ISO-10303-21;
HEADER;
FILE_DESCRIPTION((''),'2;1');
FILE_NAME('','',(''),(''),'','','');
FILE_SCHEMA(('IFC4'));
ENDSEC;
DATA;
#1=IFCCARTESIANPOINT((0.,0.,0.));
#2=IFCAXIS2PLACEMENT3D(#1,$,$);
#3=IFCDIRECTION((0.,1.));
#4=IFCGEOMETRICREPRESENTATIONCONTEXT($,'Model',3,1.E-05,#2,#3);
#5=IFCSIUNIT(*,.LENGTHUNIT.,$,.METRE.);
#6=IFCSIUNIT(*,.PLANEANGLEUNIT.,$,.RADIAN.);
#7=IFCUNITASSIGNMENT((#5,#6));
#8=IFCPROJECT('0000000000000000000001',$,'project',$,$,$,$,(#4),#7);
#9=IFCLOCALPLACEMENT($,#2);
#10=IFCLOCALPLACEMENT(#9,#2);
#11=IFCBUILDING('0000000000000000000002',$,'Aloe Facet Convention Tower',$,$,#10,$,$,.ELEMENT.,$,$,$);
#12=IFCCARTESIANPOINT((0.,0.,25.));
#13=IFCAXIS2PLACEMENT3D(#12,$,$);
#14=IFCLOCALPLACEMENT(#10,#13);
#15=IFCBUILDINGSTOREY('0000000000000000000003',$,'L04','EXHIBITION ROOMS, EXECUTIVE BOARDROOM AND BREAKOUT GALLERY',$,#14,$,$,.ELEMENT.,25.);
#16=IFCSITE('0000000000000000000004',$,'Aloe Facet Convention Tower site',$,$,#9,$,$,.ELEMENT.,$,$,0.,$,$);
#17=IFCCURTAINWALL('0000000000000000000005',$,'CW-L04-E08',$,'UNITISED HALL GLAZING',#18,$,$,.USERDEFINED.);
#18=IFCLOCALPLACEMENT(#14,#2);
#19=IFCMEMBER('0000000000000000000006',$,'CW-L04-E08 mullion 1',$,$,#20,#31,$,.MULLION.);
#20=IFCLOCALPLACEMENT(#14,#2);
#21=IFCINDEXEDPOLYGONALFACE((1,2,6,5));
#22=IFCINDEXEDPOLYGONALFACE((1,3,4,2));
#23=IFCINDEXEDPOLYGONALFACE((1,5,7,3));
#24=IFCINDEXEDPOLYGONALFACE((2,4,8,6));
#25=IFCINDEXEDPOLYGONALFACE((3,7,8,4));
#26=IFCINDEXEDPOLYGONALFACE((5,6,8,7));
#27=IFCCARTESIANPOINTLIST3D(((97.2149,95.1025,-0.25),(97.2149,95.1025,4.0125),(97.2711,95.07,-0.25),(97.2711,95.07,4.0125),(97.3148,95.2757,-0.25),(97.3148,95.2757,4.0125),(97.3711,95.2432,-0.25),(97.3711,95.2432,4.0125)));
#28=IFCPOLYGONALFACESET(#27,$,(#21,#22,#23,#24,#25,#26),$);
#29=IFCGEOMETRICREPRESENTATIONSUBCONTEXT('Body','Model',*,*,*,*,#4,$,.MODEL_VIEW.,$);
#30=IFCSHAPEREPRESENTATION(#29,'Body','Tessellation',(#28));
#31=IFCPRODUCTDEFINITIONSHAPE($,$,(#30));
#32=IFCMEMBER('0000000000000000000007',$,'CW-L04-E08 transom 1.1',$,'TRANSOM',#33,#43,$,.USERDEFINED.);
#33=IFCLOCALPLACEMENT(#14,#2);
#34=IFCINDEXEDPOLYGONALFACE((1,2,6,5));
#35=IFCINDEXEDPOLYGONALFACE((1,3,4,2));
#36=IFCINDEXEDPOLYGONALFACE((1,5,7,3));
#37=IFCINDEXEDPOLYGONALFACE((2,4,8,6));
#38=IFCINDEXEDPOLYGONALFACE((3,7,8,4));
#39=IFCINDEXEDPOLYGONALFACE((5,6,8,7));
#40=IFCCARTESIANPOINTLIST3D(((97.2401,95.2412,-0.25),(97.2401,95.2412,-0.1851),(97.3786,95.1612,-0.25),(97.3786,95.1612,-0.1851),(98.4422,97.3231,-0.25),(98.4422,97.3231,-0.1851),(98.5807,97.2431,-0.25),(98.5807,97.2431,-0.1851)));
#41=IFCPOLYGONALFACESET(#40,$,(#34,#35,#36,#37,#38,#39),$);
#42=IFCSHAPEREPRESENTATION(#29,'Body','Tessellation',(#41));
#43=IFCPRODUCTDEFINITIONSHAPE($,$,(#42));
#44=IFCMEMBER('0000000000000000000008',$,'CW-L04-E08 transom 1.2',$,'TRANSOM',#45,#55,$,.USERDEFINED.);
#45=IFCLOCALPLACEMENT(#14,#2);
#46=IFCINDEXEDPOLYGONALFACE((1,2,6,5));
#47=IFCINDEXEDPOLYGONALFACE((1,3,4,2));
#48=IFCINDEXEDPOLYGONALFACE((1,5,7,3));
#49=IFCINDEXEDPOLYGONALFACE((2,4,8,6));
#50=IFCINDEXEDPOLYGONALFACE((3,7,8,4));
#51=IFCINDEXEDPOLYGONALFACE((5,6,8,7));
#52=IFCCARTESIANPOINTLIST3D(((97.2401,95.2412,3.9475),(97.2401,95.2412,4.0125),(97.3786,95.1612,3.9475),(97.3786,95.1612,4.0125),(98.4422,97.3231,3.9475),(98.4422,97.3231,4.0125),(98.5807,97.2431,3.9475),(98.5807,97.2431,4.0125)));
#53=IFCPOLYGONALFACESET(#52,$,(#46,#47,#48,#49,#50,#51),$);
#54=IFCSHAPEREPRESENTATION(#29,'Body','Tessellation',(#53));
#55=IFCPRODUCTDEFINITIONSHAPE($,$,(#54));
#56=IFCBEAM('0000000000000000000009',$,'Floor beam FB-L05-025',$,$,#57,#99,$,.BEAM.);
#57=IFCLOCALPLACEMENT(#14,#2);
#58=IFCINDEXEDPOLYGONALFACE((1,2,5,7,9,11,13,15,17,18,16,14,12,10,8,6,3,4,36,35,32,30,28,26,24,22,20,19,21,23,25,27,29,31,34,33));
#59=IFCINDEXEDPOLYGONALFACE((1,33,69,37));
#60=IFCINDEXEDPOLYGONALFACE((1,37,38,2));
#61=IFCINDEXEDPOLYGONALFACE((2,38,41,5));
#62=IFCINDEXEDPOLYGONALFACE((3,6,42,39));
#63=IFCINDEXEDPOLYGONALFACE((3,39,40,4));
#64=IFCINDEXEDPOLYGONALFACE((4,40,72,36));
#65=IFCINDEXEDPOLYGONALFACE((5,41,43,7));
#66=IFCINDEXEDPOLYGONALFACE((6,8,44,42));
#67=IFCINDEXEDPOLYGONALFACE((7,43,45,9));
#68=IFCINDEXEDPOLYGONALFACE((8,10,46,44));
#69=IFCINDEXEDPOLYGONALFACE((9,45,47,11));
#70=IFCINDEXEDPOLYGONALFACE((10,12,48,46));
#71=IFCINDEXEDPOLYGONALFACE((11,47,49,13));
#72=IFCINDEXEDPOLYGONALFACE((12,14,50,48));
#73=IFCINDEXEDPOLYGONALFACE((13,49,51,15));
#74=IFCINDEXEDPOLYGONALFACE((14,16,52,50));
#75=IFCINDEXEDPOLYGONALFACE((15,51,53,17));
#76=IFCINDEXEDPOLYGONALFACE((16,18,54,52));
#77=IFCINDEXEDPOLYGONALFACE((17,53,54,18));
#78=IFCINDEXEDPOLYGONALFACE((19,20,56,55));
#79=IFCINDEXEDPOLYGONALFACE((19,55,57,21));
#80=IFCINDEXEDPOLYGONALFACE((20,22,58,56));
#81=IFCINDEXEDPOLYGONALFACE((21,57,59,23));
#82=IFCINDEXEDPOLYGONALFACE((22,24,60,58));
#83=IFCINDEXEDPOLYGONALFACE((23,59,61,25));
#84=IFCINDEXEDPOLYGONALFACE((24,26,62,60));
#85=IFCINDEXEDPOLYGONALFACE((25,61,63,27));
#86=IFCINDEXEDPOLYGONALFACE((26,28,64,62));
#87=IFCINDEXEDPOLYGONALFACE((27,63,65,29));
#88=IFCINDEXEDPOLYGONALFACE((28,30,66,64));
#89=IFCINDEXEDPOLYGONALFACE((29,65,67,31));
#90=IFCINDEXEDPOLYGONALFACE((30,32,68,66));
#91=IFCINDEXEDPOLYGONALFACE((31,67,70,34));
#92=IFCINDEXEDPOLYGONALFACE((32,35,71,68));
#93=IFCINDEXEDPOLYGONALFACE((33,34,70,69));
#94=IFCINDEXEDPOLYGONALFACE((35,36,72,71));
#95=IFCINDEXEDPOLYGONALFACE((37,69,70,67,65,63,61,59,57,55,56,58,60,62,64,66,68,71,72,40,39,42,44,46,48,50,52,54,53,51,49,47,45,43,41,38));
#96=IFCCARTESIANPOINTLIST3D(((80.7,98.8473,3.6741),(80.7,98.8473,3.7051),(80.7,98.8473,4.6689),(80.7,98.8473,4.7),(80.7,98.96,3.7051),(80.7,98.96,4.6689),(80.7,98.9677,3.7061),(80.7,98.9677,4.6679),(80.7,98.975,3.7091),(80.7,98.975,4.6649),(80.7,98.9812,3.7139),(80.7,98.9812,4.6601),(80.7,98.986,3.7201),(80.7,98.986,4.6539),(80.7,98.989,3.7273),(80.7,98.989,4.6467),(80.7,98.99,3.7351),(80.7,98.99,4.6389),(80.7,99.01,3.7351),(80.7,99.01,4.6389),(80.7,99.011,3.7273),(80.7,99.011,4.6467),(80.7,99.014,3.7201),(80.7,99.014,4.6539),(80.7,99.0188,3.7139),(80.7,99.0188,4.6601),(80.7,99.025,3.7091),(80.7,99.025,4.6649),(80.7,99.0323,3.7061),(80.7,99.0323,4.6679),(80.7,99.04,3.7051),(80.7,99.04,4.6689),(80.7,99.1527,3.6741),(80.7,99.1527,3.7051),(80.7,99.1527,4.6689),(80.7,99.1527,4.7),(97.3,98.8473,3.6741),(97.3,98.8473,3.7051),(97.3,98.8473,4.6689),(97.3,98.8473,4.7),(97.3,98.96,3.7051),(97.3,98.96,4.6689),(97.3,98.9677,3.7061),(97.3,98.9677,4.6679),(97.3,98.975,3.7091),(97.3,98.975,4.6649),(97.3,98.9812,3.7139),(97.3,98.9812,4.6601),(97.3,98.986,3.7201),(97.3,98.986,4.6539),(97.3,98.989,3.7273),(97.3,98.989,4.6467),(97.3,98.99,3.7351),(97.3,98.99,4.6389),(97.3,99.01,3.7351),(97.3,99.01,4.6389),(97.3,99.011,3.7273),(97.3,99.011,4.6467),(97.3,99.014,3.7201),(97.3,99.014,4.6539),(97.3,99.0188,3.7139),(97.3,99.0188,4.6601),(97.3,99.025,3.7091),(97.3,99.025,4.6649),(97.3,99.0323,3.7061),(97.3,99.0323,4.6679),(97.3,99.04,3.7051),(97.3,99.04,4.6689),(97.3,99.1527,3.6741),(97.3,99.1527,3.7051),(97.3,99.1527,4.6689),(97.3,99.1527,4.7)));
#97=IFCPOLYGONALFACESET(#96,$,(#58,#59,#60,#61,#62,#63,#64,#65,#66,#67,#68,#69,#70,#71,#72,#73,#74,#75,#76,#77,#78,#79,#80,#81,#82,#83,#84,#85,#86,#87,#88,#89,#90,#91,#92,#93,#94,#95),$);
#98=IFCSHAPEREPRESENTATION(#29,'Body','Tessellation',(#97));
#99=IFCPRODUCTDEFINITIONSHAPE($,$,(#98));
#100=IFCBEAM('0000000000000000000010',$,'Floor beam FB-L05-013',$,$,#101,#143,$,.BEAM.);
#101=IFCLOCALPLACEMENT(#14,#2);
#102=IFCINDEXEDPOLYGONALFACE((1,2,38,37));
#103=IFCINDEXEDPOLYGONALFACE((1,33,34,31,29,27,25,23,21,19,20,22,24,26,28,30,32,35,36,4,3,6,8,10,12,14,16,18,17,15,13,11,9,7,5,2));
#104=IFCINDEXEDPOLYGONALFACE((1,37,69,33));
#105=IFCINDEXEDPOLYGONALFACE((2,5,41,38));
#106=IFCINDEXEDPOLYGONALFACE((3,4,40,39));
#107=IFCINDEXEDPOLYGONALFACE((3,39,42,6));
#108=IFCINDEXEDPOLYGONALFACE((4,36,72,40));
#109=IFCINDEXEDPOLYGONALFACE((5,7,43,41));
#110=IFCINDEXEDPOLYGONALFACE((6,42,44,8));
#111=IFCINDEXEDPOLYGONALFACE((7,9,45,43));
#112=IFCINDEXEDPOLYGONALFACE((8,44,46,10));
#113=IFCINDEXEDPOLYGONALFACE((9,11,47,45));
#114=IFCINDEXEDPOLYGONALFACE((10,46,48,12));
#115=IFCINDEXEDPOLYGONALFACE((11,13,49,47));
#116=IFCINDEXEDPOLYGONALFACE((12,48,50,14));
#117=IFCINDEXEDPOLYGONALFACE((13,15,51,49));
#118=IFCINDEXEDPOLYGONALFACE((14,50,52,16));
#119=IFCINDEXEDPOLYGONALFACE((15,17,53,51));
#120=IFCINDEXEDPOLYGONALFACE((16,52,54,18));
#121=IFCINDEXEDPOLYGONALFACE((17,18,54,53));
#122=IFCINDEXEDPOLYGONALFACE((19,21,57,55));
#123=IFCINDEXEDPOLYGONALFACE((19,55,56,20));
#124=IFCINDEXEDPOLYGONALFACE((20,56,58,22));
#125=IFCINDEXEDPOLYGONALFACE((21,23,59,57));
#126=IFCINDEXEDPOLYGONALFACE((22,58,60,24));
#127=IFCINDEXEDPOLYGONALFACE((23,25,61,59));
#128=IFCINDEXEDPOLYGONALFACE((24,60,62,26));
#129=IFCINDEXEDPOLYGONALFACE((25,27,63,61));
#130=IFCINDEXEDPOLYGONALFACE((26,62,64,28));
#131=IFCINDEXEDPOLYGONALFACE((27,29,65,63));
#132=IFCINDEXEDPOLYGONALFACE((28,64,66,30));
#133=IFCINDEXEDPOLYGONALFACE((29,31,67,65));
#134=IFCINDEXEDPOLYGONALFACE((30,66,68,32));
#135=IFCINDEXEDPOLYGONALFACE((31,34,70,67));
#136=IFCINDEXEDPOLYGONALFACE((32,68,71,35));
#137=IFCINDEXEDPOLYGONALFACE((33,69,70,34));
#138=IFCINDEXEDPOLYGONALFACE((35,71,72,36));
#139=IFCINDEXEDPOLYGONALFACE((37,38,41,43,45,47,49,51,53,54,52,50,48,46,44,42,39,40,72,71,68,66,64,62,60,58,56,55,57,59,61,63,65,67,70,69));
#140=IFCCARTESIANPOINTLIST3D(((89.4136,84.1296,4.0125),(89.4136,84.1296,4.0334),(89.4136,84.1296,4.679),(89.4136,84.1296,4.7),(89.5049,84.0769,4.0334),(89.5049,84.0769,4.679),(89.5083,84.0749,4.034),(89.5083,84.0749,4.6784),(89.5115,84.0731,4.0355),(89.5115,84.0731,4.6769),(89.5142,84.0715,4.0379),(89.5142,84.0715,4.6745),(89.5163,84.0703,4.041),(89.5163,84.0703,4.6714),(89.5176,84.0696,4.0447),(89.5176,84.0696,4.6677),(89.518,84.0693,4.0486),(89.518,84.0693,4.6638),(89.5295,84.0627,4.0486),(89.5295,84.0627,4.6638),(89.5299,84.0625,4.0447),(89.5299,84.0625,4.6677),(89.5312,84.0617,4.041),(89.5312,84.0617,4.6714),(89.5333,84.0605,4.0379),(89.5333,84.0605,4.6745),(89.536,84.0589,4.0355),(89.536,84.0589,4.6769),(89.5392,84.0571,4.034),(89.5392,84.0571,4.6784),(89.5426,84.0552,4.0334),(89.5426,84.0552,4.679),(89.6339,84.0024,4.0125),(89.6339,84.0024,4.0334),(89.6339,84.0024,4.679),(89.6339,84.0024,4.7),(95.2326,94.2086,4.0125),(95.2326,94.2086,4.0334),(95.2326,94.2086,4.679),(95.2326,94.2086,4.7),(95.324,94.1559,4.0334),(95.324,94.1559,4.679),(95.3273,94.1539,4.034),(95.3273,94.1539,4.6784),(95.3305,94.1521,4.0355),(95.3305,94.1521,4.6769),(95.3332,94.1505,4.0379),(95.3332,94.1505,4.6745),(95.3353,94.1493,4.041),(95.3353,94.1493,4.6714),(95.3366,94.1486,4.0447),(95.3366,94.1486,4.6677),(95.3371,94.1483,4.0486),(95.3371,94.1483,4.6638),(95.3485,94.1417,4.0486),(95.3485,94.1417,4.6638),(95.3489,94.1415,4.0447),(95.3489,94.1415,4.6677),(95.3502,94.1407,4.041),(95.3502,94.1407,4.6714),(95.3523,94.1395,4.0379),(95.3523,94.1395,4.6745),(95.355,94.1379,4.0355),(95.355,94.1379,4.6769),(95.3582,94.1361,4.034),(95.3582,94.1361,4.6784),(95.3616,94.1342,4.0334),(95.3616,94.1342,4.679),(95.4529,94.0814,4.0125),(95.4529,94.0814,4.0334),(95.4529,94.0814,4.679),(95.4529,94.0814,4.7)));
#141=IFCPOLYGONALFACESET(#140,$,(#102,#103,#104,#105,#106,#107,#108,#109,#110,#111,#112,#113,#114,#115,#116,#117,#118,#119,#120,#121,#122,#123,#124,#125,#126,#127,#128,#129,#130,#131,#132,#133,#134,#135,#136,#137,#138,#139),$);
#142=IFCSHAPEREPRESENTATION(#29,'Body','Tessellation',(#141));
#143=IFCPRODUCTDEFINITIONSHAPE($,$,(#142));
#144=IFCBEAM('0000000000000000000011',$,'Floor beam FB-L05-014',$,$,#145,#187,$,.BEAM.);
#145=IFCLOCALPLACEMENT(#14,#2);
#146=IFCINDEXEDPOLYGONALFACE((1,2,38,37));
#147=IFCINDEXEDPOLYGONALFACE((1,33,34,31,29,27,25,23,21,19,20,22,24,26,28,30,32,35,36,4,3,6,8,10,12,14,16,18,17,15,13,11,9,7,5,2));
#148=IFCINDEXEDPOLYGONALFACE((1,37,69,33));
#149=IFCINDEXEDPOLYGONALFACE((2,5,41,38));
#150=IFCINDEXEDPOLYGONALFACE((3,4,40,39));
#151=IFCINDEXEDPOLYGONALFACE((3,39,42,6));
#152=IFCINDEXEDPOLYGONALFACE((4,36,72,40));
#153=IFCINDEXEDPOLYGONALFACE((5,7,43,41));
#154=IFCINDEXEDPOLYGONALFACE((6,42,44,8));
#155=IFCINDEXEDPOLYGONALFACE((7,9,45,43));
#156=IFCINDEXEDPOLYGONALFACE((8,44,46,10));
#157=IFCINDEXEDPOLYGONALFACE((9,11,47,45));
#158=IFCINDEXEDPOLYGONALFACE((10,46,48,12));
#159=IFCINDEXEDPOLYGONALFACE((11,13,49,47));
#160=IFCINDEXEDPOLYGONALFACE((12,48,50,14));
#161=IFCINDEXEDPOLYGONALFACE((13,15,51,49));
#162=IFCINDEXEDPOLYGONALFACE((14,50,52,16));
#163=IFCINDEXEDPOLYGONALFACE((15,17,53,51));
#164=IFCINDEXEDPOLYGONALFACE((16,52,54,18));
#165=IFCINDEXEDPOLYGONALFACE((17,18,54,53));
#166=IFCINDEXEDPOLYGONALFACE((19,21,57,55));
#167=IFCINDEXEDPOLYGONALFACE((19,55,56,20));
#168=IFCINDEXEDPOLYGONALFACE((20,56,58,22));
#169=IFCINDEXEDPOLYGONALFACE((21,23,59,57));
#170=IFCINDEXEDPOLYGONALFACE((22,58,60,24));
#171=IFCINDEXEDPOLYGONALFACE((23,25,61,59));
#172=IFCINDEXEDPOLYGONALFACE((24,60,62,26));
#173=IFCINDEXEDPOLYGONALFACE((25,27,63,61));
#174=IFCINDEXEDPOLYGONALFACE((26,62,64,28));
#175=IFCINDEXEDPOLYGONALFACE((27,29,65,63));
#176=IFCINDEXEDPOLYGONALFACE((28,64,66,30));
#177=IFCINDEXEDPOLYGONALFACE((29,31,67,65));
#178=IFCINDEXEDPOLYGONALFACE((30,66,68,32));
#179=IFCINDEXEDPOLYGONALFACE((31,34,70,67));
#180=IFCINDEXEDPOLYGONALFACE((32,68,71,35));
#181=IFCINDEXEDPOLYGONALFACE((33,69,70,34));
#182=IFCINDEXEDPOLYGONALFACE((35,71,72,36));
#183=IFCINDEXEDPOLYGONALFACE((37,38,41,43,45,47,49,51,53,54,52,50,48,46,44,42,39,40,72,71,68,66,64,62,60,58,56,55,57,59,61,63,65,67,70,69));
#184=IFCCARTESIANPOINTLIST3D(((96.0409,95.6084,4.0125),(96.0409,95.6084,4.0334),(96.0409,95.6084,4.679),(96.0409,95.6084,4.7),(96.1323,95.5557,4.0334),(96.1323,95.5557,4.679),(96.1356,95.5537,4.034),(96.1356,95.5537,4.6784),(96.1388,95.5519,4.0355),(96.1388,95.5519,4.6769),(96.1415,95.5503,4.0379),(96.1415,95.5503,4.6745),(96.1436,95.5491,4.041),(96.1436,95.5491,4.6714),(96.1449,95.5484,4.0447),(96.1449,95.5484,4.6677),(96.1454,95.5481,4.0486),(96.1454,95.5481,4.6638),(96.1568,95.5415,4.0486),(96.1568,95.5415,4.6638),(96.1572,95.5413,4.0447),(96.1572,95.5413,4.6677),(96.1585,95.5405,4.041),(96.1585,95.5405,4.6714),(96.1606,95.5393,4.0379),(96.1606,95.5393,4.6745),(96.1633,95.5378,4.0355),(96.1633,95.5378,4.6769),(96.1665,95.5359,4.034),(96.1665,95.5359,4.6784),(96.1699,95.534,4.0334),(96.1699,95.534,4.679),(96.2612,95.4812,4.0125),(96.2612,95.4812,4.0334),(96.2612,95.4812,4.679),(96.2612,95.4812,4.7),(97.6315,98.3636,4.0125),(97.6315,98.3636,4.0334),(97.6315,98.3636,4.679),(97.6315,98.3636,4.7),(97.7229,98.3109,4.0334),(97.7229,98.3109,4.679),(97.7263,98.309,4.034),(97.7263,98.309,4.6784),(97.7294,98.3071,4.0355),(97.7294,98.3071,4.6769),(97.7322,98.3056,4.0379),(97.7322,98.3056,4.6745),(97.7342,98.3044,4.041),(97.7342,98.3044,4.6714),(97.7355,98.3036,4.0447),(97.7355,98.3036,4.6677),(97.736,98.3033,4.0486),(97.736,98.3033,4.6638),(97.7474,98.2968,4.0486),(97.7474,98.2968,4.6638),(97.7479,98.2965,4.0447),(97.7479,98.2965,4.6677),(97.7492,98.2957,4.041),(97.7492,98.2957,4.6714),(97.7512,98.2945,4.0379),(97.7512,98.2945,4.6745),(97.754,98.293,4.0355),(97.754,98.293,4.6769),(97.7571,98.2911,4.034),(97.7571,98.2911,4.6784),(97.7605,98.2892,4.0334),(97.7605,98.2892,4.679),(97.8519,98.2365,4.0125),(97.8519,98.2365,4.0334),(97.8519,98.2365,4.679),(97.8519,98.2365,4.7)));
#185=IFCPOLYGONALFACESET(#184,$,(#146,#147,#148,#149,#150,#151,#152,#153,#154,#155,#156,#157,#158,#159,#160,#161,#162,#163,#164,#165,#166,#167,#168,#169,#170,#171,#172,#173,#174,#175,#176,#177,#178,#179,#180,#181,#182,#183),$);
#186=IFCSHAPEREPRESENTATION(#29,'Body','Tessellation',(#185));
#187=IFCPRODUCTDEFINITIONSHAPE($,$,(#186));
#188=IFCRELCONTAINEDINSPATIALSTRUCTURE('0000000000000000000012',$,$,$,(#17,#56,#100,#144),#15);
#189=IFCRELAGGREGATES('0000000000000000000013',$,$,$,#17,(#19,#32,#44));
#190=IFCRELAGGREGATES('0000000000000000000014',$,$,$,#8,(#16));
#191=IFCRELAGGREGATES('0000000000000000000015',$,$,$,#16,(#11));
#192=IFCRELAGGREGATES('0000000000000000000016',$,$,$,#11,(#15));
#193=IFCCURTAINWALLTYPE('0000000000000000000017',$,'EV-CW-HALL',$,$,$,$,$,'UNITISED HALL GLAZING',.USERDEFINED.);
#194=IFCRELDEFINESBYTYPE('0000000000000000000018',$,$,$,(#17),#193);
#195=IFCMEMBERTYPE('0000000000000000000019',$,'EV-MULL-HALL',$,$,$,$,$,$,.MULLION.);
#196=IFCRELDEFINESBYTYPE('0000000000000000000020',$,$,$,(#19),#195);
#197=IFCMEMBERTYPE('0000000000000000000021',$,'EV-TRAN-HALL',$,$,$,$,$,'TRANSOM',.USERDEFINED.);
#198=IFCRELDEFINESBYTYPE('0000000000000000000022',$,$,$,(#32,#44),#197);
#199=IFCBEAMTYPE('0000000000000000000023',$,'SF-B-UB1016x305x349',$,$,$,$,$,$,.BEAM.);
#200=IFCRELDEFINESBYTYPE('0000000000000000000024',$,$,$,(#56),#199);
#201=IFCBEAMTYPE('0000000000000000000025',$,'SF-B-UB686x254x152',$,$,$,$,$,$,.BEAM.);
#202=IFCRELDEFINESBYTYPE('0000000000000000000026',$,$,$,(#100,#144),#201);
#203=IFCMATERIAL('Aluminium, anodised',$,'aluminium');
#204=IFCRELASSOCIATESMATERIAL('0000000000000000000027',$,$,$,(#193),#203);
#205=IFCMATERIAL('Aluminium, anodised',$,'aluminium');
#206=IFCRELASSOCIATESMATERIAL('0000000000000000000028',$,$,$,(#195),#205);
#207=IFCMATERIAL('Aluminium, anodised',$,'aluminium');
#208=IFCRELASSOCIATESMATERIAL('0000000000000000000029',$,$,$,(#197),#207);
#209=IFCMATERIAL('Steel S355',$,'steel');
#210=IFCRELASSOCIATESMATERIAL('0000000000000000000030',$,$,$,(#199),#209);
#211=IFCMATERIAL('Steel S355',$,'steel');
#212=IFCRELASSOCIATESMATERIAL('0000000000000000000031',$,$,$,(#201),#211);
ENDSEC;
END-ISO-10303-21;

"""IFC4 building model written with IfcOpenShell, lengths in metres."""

from ifc_helpers import new_model, si_unit, direction, frame, origin, origin_2d, place, context, subcontext, project, spatial, rectangle, i_section, extrude, material, material_profile, profile_set, type_object, element, aggregate, save


model = new_model("IFC4")

# Units and contexts
model_context = context("Model", 3, precision=1e-05, world=origin(), true_north=direction((0.0, 1.0)))
body_context = subcontext(model_context, "Body", "Model", "MODEL_VIEW")
ifc_project = project(units=[si_unit("LENGTHUNIT", "METRE"), si_unit("PLANEANGLEUNIT", "RADIAN")], contexts=[model_context])

# Site, building, storey
site_placement = place(None, origin())
site = spatial("IfcSite", under=ifc_project, at=site_placement, Name="Aloe Facet Convention Tower site", CompositionType="ELEMENT", RefElevation=0.0)
building_placement = place(site_placement, origin())
building = spatial("IfcBuilding", under=site, at=building_placement, Name="Aloe Facet Convention Tower", CompositionType="ELEMENT")
storey_placement = place(building_placement, frame((0.0, 0.0, 25.0)))
storey = spatial("IfcBuildingStorey", under=building, at=storey_placement, Name="L04", Description="EXHIBITION ROOMS, EXECUTIVE BOARDROOM AND BREAKOUT GALLERY", CompositionType="ELEMENT", Elevation=25.0)

# Shared definitions
ifc_material_1 = material(Name="Aluminium, anodised", Category="aluminium")
curtain_wall_type = type_object("IfcCurtainWallType", Name="EV-CW-HALL", ElementType="UNITISED HALL GLAZING", PredefinedType="USERDEFINED", material=ifc_material_1)
ifc_material_2 = material(Name="Aluminium, anodised", Category="aluminium")
ifc_material_profile_1 = material_profile(ifc_material_2, rectangle(XDim=0.0649, YDim=0.2, at=origin_2d()), Name="AL 65x200")
ifc_profile_set_1 = profile_set([ifc_material_profile_1], Name="Aluminium, anodised")
member_type_1 = type_object("IfcMemberType", Name="EV-MULL-HALL", PredefinedType="MULLION", material=ifc_profile_set_1)

# Curtain wall, members
curtain_wall_1_placement = place(storey_placement, origin())
curtain_wall_1 = element("IfcCurtainWall", 1, at=curtain_wall_1_placement, inside=storey, type_object=curtain_wall_type, Name="CW-L04-E08", ObjectType="UNITISED HALL GLAZING", PredefinedType="USERDEFINED")
member_1_placement = place(storey_placement, frame((97.293, 95.1729, -0.25), z_axis=(0.0, 0.0, 1.0), x_axis=(-0.866025, 0.5, 0.0)))
member_1 = element("IfcMember", 2, at=member_1_placement, type_object=member_type_1, Name="CW-L04-E08 mullion 1", PredefinedType="MULLION", context=body_context, shape_type="SweptSolid", body=[
    extrude(rectangle(XDim=0.0649, YDim=0.2, at=origin_2d()), origin(), (0.0, 0.0, 1.0), 4.2625),
])
ifc_material_3 = material(Name="Aluminium, anodised", Category="aluminium")
ifc_material_profile_2 = material_profile(ifc_material_3, rectangle(XDim=0.1599, YDim=0.0649, at=origin_2d()), Name="AL 160x65")
ifc_profile_set_2 = profile_set([ifc_material_profile_2], Name="Aluminium, anodised")
member_type_2 = type_object("IfcMemberType", Name="EV-TRAN-HALL", ElementType="TRANSOM", PredefinedType="USERDEFINED", material=ifc_profile_set_2)
member_2_placement = place(storey_placement, frame((97.3093, 95.2012, -0.2175), z_axis=(0.500027, 0.86601, 0.0), x_axis=(-0.86601, 0.500027, 0.0)))
member_2 = element("IfcMember", 3, at=member_2_placement, type_object=member_type_2, Name="CW-L04-E08 transom 1.1", ObjectType="TRANSOM", PredefinedType="USERDEFINED", context=body_context, shape_type="SweptSolid", body=[
    extrude(rectangle(XDim=0.1599, YDim=0.0649, at=origin_2d()), origin(), (0.0, 0.0, 1.0), 2.4041),
])
member_3_placement = place(storey_placement, frame((97.3093, 95.2012, 3.98), z_axis=(0.500027, 0.86601, 0.0), x_axis=(-0.86601, 0.500027, 0.0)))
member_3 = element("IfcMember", 4, at=member_3_placement, type_object=member_type_2, Name="CW-L04-E08 transom 1.2", ObjectType="TRANSOM", PredefinedType="USERDEFINED", context=body_context, shape_type="SweptSolid", body=[
    extrude(rectangle(XDim=0.1599, YDim=0.0649, at=origin_2d()), origin(), (0.0, 0.0, 1.0), 2.4041),
])
aggregate(curtain_wall_1, [member_1, member_2, member_3])

# Beams
ifc_material_4 = material(Name="Steel S355", Category="steel")
ifc_material_profile_3 = material_profile(ifc_material_4, i_section(OverallWidth=0.3054, OverallDepth=1.0259, WebThickness=0.02, FlangeThickness=0.031, FilletRadius=0.03, at=origin_2d()), Name="UB 1016x305x349")
ifc_profile_set_3 = profile_set([ifc_material_profile_3], Name="Steel S355")
beam_type_1 = type_object("IfcBeamType", Name="SF-B-UB1016x305x349", PredefinedType="BEAM", material=ifc_profile_set_3)
beam_1_placement = place(storey_placement, frame((80.7, 99.0, 4.187), z_axis=(1.0, 0.0, 0.0), x_axis=(0.0, 1.0, 0.0)))
element("IfcBeam", 5, at=beam_1_placement, inside=storey, type_object=beam_type_1, Name="Floor beam FB-L05-025", PredefinedType="BEAM", context=body_context, shape_type="SweptSolid", body=[
    extrude(i_section(OverallWidth=0.3054, OverallDepth=1.0259, WebThickness=0.02, FlangeThickness=0.031, FilletRadius=0.03, at=origin_2d()), origin(), (0.0, 0.0, 1.0), 16.6001),
])
ifc_material_5 = material(Name="Steel S355", Category="steel")
ifc_material_profile_4 = material_profile(ifc_material_5, i_section(OverallWidth=0.2544, OverallDepth=0.6875, WebThickness=0.0132, FlangeThickness=0.021, FilletRadius=0.0151, at=origin_2d()), Name="UB 686x254x152")
ifc_profile_set_4 = profile_set([ifc_material_profile_4], Name="Steel S355")
beam_type_2 = type_object("IfcBeamType", Name="SF-B-UB686x254x152", PredefinedType="BEAM", material=ifc_profile_set_4)
beam_2_placement = place(storey_placement, frame((95.3428, 94.145, 4.3562), z_axis=(-0.499995, -0.866028, 0.0), x_axis=(0.866028, -0.499995, 0.0)))
element("IfcBeam", 6, at=beam_2_placement, inside=storey, type_object=beam_type_2, Name="Floor beam FB-L05-013", PredefinedType="BEAM", context=body_context, shape_type="SweptSolid", body=[
    extrude(i_section(OverallWidth=0.2544, OverallDepth=0.6875, WebThickness=0.0132, FlangeThickness=0.021, FilletRadius=0.0151, at=origin_2d()), origin(), (0.0, 0.0, 1.0), 11.6382),
])
beam_3_placement = place(storey_placement, frame((97.7417, 98.3, 4.3562), z_axis=(-0.499977, -0.866039, 0.0), x_axis=(0.866039, -0.499977, 0.0)))
element("IfcBeam", 7, at=beam_3_placement, inside=storey, type_object=beam_type_2, Name="Floor beam FB-L05-014", PredefinedType="BEAM", context=body_context, shape_type="SweptSolid", body=[
    extrude(i_section(OverallWidth=0.2544, OverallDepth=0.6875, WebThickness=0.0132, FlangeThickness=0.021, FilletRadius=0.0151, at=origin_2d()), origin(), (0.0, 0.0, 1.0), 3.1814),
])

save(model, "model.ifc")
